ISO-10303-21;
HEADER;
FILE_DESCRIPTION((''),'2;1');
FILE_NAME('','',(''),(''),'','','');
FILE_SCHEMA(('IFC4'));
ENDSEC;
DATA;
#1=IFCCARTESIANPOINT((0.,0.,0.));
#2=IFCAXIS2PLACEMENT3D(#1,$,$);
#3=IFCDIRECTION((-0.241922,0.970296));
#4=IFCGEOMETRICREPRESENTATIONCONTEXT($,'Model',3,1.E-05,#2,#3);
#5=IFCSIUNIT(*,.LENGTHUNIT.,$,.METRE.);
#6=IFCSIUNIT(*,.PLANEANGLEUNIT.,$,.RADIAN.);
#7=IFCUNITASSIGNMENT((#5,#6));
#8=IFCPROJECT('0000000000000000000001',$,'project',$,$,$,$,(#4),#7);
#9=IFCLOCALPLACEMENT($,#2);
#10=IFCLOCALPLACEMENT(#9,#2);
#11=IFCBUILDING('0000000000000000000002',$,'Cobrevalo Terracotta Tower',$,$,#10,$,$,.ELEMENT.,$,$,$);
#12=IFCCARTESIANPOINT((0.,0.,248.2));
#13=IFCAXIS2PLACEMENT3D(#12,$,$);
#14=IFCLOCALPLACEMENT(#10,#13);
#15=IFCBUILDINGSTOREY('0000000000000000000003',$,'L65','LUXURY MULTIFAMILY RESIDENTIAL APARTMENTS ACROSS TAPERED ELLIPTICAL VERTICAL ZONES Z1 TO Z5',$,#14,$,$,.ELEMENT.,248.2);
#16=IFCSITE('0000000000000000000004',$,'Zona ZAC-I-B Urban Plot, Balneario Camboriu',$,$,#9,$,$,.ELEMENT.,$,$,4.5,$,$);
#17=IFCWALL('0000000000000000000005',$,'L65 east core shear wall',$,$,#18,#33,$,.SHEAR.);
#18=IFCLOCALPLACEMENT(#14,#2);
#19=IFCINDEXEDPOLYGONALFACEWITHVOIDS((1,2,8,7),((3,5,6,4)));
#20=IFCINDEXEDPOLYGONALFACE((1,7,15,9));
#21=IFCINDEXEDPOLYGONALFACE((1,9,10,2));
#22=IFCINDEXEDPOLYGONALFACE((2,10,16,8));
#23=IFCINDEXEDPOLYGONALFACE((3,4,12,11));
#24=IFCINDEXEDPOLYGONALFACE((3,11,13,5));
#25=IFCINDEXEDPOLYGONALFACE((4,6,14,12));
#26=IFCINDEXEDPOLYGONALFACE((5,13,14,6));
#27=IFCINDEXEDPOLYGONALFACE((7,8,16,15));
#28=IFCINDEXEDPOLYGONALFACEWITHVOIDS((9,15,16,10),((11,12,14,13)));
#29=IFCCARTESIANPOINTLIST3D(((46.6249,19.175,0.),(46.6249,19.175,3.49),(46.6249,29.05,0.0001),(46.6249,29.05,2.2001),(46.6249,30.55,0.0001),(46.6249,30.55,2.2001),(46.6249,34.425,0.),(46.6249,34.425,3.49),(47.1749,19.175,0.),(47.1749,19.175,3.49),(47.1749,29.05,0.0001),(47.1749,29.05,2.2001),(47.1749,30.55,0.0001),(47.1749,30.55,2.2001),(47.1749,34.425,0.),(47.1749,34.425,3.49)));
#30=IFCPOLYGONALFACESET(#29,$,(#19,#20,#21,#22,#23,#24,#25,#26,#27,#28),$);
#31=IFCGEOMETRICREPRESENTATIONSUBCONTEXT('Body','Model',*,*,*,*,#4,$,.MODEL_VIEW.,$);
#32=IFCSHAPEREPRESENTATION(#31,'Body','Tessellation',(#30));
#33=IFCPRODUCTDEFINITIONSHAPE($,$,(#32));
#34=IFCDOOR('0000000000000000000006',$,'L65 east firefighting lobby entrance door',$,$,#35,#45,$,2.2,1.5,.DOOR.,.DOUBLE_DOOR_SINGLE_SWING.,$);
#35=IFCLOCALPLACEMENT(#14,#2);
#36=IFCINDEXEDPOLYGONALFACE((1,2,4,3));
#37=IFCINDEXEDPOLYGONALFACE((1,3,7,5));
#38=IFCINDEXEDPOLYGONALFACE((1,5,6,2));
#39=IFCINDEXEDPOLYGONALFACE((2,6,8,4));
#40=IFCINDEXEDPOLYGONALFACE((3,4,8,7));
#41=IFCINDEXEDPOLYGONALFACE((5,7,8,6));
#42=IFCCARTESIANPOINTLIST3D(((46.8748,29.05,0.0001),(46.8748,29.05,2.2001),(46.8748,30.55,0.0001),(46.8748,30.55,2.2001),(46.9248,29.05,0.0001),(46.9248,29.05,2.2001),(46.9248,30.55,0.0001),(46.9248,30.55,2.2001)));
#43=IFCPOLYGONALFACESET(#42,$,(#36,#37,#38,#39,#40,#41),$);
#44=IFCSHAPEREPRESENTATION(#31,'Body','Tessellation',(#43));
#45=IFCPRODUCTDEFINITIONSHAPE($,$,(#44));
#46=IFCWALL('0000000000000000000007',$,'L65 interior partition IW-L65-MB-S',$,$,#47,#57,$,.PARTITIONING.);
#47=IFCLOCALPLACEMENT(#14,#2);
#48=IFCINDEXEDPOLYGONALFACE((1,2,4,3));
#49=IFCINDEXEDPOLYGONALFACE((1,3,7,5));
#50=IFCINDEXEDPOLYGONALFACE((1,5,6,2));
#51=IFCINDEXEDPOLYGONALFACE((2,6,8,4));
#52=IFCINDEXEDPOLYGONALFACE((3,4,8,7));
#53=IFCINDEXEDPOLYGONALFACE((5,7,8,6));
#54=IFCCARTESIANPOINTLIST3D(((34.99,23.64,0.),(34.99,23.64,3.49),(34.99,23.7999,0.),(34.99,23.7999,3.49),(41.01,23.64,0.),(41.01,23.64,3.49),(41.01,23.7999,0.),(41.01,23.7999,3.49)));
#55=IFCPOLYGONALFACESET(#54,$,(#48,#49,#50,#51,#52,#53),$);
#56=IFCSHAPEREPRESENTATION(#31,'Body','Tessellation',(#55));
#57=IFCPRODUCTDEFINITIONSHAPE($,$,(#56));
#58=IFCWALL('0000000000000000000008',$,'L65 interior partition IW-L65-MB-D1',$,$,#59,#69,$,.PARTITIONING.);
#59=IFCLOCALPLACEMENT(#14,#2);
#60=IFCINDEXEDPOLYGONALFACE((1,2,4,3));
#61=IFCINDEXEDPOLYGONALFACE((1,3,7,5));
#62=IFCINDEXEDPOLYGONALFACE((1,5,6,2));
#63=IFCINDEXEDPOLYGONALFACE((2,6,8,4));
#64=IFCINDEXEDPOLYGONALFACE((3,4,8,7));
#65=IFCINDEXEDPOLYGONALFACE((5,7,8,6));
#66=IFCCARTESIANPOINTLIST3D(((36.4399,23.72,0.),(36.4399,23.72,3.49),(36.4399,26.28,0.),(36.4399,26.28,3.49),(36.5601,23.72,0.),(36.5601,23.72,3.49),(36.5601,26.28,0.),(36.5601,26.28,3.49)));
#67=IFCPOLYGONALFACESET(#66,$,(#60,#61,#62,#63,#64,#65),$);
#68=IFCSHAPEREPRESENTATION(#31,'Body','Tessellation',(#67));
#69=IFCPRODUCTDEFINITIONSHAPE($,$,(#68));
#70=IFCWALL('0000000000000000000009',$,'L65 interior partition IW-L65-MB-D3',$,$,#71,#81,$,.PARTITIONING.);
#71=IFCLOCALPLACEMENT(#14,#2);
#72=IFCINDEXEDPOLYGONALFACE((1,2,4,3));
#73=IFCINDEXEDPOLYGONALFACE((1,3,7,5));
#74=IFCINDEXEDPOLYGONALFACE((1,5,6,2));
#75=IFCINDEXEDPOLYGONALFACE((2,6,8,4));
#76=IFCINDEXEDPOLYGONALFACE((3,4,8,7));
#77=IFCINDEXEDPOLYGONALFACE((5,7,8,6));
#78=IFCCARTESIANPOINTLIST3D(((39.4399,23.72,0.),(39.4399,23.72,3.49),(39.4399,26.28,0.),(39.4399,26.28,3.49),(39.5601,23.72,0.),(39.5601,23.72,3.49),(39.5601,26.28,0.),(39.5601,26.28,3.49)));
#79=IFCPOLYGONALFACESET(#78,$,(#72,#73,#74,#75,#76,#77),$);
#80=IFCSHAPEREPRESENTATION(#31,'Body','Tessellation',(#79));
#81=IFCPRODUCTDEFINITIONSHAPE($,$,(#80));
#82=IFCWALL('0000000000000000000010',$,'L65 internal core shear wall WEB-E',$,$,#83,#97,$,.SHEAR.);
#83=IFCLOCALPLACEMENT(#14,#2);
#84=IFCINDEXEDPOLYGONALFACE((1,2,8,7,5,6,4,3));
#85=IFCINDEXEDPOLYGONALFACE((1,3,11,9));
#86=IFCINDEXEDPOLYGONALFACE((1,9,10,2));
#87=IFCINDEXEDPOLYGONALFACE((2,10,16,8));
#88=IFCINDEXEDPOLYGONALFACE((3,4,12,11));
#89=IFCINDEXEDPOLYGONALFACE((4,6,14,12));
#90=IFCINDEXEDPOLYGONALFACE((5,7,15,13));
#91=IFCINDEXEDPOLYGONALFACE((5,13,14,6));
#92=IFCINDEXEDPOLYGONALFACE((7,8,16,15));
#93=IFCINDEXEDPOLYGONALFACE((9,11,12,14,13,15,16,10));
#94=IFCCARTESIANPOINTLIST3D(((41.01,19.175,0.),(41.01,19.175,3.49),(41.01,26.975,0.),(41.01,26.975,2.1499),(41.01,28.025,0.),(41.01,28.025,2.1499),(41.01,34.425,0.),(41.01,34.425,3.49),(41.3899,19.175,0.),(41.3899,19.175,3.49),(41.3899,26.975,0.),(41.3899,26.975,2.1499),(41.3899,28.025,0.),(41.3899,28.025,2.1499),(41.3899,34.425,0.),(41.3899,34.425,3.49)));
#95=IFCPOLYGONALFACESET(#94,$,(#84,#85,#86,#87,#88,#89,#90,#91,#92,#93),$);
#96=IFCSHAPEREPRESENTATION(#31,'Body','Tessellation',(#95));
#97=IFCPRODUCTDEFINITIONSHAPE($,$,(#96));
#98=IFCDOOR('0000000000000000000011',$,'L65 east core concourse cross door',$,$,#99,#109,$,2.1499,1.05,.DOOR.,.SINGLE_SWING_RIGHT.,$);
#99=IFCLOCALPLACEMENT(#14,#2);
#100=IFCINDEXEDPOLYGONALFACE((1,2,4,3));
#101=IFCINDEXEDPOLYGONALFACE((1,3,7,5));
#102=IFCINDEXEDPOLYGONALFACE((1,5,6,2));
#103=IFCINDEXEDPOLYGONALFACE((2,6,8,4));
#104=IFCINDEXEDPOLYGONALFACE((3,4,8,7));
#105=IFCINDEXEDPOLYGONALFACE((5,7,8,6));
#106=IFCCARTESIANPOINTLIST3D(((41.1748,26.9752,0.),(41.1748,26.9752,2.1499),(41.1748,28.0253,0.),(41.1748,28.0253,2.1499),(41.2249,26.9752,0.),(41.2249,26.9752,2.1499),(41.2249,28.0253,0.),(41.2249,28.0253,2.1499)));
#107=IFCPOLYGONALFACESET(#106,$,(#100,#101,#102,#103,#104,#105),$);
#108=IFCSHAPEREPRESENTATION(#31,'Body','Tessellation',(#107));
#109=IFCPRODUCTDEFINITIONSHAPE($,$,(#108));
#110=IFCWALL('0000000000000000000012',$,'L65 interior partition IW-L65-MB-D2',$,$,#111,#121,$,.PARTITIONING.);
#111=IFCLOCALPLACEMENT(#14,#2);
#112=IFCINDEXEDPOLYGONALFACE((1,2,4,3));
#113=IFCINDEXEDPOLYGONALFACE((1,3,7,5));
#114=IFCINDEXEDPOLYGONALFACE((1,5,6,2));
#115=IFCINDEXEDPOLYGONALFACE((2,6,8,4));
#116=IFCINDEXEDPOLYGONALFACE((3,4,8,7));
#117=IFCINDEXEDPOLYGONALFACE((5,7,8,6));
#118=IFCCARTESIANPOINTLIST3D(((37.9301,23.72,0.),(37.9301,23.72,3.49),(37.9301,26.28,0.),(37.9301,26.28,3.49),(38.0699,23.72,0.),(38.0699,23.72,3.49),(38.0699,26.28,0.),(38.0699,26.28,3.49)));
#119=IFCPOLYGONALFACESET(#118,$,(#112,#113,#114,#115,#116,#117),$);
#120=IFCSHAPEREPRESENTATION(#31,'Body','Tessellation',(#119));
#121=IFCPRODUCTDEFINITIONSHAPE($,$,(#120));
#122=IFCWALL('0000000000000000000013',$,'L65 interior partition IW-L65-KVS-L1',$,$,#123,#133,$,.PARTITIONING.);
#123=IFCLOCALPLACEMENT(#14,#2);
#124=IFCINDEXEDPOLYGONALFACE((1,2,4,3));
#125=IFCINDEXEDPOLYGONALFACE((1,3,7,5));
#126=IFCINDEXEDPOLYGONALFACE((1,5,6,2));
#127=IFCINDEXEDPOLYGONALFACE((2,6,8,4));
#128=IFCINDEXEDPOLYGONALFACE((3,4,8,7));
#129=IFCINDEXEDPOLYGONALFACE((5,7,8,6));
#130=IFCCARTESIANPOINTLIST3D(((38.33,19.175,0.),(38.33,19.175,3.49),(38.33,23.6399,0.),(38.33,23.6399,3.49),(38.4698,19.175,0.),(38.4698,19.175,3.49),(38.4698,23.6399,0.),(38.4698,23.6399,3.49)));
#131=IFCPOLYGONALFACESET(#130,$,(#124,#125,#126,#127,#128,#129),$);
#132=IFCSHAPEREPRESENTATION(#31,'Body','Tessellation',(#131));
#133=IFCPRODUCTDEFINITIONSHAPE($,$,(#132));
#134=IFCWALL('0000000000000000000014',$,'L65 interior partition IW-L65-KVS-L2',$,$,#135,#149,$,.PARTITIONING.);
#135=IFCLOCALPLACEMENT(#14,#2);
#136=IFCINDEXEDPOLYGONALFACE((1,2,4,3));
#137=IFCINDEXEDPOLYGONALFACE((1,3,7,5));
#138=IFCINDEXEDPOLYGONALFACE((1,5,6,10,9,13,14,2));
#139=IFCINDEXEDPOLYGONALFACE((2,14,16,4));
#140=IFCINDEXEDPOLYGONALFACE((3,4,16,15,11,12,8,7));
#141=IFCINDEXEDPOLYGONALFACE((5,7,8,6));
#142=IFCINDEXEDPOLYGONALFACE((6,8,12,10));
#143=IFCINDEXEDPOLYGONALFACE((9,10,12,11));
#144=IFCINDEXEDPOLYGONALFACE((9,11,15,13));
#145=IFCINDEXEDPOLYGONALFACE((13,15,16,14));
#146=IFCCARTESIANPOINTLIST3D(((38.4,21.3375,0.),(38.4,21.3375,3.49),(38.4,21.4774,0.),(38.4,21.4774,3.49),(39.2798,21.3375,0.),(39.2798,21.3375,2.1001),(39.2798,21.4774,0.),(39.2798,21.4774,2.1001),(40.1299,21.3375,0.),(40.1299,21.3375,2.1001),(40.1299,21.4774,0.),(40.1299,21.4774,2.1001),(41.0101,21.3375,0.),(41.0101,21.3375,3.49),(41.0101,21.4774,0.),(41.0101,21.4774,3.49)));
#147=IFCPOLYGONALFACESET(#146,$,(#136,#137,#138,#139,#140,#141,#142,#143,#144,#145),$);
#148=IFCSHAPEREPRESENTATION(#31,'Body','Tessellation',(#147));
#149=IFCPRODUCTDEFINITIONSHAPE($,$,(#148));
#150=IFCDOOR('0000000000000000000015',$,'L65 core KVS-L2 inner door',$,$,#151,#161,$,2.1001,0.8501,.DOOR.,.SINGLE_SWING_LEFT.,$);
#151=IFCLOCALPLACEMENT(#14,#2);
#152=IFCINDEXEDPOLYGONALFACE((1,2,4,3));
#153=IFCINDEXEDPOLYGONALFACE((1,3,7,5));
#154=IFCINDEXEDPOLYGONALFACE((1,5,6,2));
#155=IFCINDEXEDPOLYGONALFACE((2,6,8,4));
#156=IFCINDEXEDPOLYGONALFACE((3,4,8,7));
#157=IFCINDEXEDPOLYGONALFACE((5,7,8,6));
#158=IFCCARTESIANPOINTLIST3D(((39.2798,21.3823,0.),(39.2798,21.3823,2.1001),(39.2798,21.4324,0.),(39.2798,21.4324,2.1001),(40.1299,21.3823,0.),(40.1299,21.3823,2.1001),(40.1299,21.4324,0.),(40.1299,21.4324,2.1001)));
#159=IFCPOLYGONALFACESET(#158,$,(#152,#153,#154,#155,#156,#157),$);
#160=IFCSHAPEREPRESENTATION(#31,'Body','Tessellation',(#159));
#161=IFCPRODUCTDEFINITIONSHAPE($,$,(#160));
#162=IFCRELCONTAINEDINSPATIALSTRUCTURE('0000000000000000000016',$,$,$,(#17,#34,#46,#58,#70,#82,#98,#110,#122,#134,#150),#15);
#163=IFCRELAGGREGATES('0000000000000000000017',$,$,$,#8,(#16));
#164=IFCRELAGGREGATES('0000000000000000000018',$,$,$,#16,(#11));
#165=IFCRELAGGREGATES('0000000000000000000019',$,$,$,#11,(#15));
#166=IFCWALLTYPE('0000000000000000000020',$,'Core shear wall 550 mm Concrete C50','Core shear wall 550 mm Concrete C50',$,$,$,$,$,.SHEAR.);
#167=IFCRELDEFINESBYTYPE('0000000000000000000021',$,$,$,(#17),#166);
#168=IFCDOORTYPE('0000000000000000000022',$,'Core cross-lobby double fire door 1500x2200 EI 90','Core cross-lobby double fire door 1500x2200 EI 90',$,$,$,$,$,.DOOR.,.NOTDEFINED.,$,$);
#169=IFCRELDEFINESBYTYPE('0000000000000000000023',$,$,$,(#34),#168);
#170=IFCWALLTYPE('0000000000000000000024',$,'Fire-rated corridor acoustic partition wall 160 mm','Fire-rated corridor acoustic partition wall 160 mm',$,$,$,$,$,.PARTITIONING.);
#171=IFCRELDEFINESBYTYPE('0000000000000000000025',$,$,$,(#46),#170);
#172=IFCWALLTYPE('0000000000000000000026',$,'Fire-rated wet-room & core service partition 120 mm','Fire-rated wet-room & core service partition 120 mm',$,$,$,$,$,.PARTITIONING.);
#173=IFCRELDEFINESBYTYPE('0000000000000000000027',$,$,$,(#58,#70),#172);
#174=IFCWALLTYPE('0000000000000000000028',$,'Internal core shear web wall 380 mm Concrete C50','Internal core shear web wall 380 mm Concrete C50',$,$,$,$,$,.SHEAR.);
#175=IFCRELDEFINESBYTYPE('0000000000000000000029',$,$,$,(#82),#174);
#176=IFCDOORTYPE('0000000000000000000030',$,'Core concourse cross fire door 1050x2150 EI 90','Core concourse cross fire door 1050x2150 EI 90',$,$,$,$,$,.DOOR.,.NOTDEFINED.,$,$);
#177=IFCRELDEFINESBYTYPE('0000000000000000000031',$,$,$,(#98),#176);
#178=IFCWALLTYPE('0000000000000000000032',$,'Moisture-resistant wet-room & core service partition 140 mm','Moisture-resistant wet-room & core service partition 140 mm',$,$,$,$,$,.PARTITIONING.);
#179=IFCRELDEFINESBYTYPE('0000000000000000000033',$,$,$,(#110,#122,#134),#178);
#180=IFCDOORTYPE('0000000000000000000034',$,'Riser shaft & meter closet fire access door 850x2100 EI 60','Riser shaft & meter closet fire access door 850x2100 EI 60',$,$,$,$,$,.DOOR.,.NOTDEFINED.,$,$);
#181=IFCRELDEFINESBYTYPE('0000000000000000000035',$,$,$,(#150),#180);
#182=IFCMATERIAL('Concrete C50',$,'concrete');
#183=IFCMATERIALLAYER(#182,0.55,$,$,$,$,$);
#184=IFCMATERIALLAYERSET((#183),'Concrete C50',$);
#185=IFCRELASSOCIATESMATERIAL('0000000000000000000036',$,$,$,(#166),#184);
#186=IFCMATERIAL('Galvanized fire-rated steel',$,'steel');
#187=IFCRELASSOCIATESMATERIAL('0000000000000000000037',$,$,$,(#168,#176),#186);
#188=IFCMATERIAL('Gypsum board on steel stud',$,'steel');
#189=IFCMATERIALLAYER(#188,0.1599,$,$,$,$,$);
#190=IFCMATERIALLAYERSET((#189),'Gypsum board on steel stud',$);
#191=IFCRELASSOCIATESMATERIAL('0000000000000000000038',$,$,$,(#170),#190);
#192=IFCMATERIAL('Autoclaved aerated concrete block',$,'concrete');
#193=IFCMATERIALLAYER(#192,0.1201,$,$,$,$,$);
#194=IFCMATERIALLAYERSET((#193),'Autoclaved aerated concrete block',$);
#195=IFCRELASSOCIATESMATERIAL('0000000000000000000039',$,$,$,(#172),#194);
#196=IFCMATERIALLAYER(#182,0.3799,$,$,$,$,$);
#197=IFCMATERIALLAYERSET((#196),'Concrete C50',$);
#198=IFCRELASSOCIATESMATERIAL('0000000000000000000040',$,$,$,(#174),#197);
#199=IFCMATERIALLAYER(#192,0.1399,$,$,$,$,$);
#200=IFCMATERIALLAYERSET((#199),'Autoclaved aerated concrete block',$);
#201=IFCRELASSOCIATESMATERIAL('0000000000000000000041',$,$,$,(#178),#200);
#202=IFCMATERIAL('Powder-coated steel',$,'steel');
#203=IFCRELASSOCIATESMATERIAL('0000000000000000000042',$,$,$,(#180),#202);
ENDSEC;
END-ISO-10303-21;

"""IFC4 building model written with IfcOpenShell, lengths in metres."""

from ifc_helpers import new_model, si_unit, direction, frame, frame_2d, origin, place, context, subcontext, project, spatial, rectangle, extrude, source, transform, mapped, material, layer, layer_set, type_object, element, fill, save


model = new_model("IFC4")

# Units and contexts
model_context = context("Model", 3, precision=1e-05, world=origin(), true_north=direction((-0.241922, 0.970296)))
body_context = subcontext(model_context, "Body", "Model", "MODEL_VIEW")
ifc_project = project(units=[si_unit("LENGTHUNIT", "METRE"), si_unit("PLANEANGLEUNIT", "RADIAN")], contexts=[model_context])

# Site, building, storey
site_placement = place(None, origin())
site = spatial("IfcSite", under=ifc_project, at=site_placement, Name="Zona ZAC-I-B Urban Plot, Balneario Camboriu", CompositionType="ELEMENT", RefElevation=4.5)
building_placement = place(site_placement, origin())
building = spatial("IfcBuilding", under=site, at=building_placement, Name="Cobrevalo Terracotta Tower", CompositionType="ELEMENT")
storey_placement = place(building_placement, frame((0.0, 0.0, 248.2)))
storey = spatial("IfcBuildingStorey", under=building, at=storey_placement, Name="L65", Description="LUXURY MULTIFAMILY RESIDENTIAL APARTMENTS ACROSS TAPERED ELLIPTICAL VERTICAL ZONES Z1 TO Z5", CompositionType="ELEMENT", Elevation=248.2)

# Wall, opening, door
ifc_material_1 = material(Name="Concrete C50", Category="concrete")
ifc_layer_1 = layer(ifc_material_1, 0.55)
ifc_layer_set_1 = layer_set([ifc_layer_1], Name="Concrete C50")
wall_type_1 = type_object("IfcWallType", Name="Core shear wall 550 mm Concrete C50", Description="Core shear wall 550 mm Concrete C50", PredefinedType="SHEAR", material=ifc_layer_set_1)
wall_1_placement = place(storey_placement, frame((46.8999, 19.175, 0.0), z_axis=(0.0, 0.0, 1.0), x_axis=(0.0, 1.0, 0.0)))
wall_1 = element("IfcWall", 1, at=wall_1_placement, inside=storey, type_object=wall_type_1, Name="L65 east core shear wall", PredefinedType="SHEAR", context=body_context, shape_type="SweptSolid", body=[
    extrude(rectangle(XDim=15.25, YDim=0.55, at=frame_2d((7.625, 0.0))), origin(), (0.0, 0.0, 1.0), 3.49),
])
opening_1_placement = place(wall_1_placement, frame((9.875, 0.0, 0.0)))
opening_1 = element("IfcOpeningElement", 2, at=opening_1_placement, cuts=wall_1, PredefinedType="OPENING", context=body_context, shape_type="SweptSolid", body=[
    extrude(rectangle(XDim=1.5, YDim=2.2, at=frame_2d((0.75, 1.1001))), frame((0.0, 0.2852, 0.0), z_axis=(0.0, -1.0, 0.0), x_axis=(1.0, 0.0, 0.0)), (0.0, 0.0, 1.0), 0.5701),
])
ifc_material_2 = material(Name="Galvanized fire-rated steel", Category="steel")
door_type_1 = type_object("IfcDoorType", Name="Core cross-lobby double fire door 1500x2200 EI 90", Description="Core cross-lobby double fire door 1500x2200 EI 90", OperationType="NOTDEFINED", PredefinedType="DOOR", material=ifc_material_2)
shared_shape_1 = source(origin(), body_context, "Body", "SweptSolid", [
    extrude(rectangle(XDim=1.5, YDim=2.2, at=frame_2d((0.75, 1.1001))), frame((0.0, 0.0249, 0.0), z_axis=(0.0, -1.0, 0.0), x_axis=(1.0, 0.0, 0.0)), (0.0, 0.0, 1.0), 0.05),
])
door_1_placement = place(opening_1_placement, frame((1.5, 0.0, 0.0), z_axis=(0.0, 0.0, 1.0), x_axis=(-1.0, 0.0, 0.0)))
door_1 = element("IfcDoor", 3, at=door_1_placement, inside=storey, type_object=door_type_1, Name="L65 east firefighting lobby entrance door", OperationType="DOUBLE_DOOR_SINGLE_SWING", OverallHeight=2.2, OverallWidth=1.5, PredefinedType="DOOR", context=body_context, shape_type="MappedRepresentation", body=[
    mapped(shared_shape_1, transform((0.0, 0.0, 0.0), scale=1.0)),
])
fill(opening_1, door_1)

# Walls
ifc_material_3 = material(Name="Gypsum board on steel stud", Category="steel")
ifc_layer_2 = layer(ifc_material_3, 0.1599)
ifc_layer_set_2 = layer_set([ifc_layer_2], Name="Gypsum board on steel stud")
wall_type_2 = type_object("IfcWallType", Name="Fire-rated corridor acoustic partition wall 160 mm", Description="Fire-rated corridor acoustic partition wall 160 mm", PredefinedType="PARTITIONING", material=ifc_layer_set_2)
wall_2_placement = place(storey_placement, frame((34.99, 23.72, 0.0), z_axis=(0.0, 0.0, 1.0), x_axis=(1.0, 0.0, 0.0)))
element("IfcWall", 4, at=wall_2_placement, inside=storey, type_object=wall_type_2, Name="L65 interior partition IW-L65-MB-S", PredefinedType="PARTITIONING", context=body_context, shape_type="SweptSolid", body=[
    extrude(rectangle(XDim=6.02, YDim=0.1599, at=frame_2d((3.01, 0.0))), origin(), (0.0, 0.0, 1.0), 3.49),
])
ifc_material_4 = material(Name="Autoclaved aerated concrete block", Category="concrete")
ifc_layer_3 = layer(ifc_material_4, 0.1201)
ifc_layer_set_3 = layer_set([ifc_layer_3], Name="Autoclaved aerated concrete block")
wall_type_3 = type_object("IfcWallType", Name="Fire-rated wet-room & core service partition 120 mm", Description="Fire-rated wet-room & core service partition 120 mm", PredefinedType="PARTITIONING", material=ifc_layer_set_3)
for number, where, z_axis, x_axis, name in (
    (5, (36.5, 23.72, 0.0), (0.0, 0.0, 1.0), (0.0, 1.0, 0.0), "L65 interior partition IW-L65-MB-D1"),
    (6, (39.5, 23.72, 0.0), (0.0, 0.0, 1.0), (0.0, 1.0, 0.0), "L65 interior partition IW-L65-MB-D3"),
):
    element("IfcWall", number, at=place(storey_placement, frame(where, z_axis=z_axis, x_axis=x_axis)), inside=storey, type_object=wall_type_3, Name=name, PredefinedType="PARTITIONING", context=body_context, shape_type="SweptSolid", body=[
        extrude(rectangle(XDim=2.5601, YDim=0.1201, at=frame_2d((1.28, 0.0))), origin(), (0.0, 0.0, 1.0), 3.49),
    ])

# Wall, opening, door
ifc_layer_4 = layer(ifc_material_1, 0.3799)
ifc_layer_set_4 = layer_set([ifc_layer_4], Name="Concrete C50")
wall_type_4 = type_object("IfcWallType", Name="Internal core shear web wall 380 mm Concrete C50", Description="Internal core shear web wall 380 mm Concrete C50", PredefinedType="SHEAR", material=ifc_layer_set_4)
wall_3_placement = place(storey_placement, frame((41.2, 19.175, 0.0), z_axis=(0.0, 0.0, 1.0), x_axis=(0.0, 1.0, 0.0)))
wall_3 = element("IfcWall", 7, at=wall_3_placement, inside=storey, type_object=wall_type_4, Name="L65 internal core shear wall WEB-E", PredefinedType="SHEAR", context=body_context, shape_type="SweptSolid", body=[
    extrude(rectangle(XDim=15.25, YDim=0.3799, at=frame_2d((7.625, 0.0))), origin(), (0.0, 0.0, 1.0), 3.49),
])
opening_2_placement = place(wall_3_placement, frame((7.8, 0.0, 0.0)))
opening_2 = element("IfcOpeningElement", 8, at=opening_2_placement, cuts=wall_3, PredefinedType="OPENING", context=body_context, shape_type="SweptSolid", body=[
    extrude(rectangle(XDim=1.05, YDim=2.1499, at=frame_2d((0.5249, 1.075))), frame((0.0, 0.2, 0.0), z_axis=(0.0, -1.0, 0.0), x_axis=(1.0, 0.0, 0.0)), (0.0, 0.0, 1.0), 0.3999),
])
door_type_2 = type_object("IfcDoorType", Name="Core concourse cross fire door 1050x2150 EI 90", Description="Core concourse cross fire door 1050x2150 EI 90", OperationType="NOTDEFINED", PredefinedType="DOOR", material=ifc_material_2)
shared_shape_2 = source(origin(), body_context, "Body", "SweptSolid", [
    extrude(rectangle(XDim=1.05, YDim=2.1499, at=frame_2d((0.5249, 1.075))), frame((0.0, 0.0249, 0.0), z_axis=(0.0, -1.0, 0.0), x_axis=(1.0, 0.0, 0.0)), (0.0, 0.0, 1.0), 0.05),
])
door_2_placement = place(opening_2_placement, frame((1.05, 0.0, 0.0), z_axis=(0.0, 0.0, 1.0), x_axis=(-1.0, 0.0, 0.0)))
door_2 = element("IfcDoor", 9, at=door_2_placement, inside=storey, type_object=door_type_2, Name="L65 east core concourse cross door", OperationType="SINGLE_SWING_RIGHT", OverallHeight=2.1499, OverallWidth=1.05, PredefinedType="DOOR", context=body_context, shape_type="MappedRepresentation", body=[
    mapped(shared_shape_2, transform((0.0, 0.0, 0.0), scale=1.0)),
])
fill(opening_2, door_2)

# Walls
ifc_layer_5 = layer(ifc_material_4, 0.1399)
ifc_layer_set_5 = layer_set([ifc_layer_5], Name="Autoclaved aerated concrete block")
wall_type_5 = type_object("IfcWallType", Name="Moisture-resistant wet-room & core service partition 140 mm", Description="Moisture-resistant wet-room & core service partition 140 mm", PredefinedType="PARTITIONING", material=ifc_layer_set_5)
wall_4_placement = place(storey_placement, frame((38.0, 23.72, 0.0), z_axis=(0.0, 0.0, 1.0), x_axis=(0.0, 1.0, 0.0)))
element("IfcWall", 10, at=wall_4_placement, inside=storey, type_object=wall_type_5, Name="L65 interior partition IW-L65-MB-D2", PredefinedType="PARTITIONING", context=body_context, shape_type="SweptSolid", body=[
    extrude(rectangle(XDim=2.5601, YDim=0.1399, at=frame_2d((1.28, 0.0))), origin(), (0.0, 0.0, 1.0), 3.49),
])
wall_5_placement = place(storey_placement, frame((38.3999, 19.175, 0.0), z_axis=(0.0, 0.0, 1.0), x_axis=(0.0, 1.0, 0.0)))
element("IfcWall", 11, at=wall_5_placement, inside=storey, type_object=wall_type_5, Name="L65 interior partition IW-L65-KVS-L1", PredefinedType="PARTITIONING", context=body_context, shape_type="SweptSolid", body=[
    extrude(rectangle(XDim=4.4648, YDim=0.1399, at=frame_2d((2.2324, 0.0))), origin(), (0.0, 0.0, 1.0), 3.49),
])

# Wall, opening, door
wall_6_placement = place(storey_placement, frame((38.3999, 21.4075, 0.0), z_axis=(0.0, 0.0, 1.0), x_axis=(1.0, 0.0, 0.0)))
wall_6 = element("IfcWall", 12, at=wall_6_placement, inside=storey, type_object=wall_type_5, Name="L65 interior partition IW-L65-KVS-L2", PredefinedType="PARTITIONING", context=body_context, shape_type="SweptSolid", body=[
    extrude(rectangle(XDim=2.6101, YDim=0.1399, at=frame_2d((1.3052, 0.0))), origin(), (0.0, 0.0, 1.0), 3.49),
])
opening_3_placement = place(wall_6_placement, frame((0.8799, 0.0, 0.0)))
opening_3 = element("IfcOpeningElement", 13, at=opening_3_placement, cuts=wall_6, PredefinedType="OPENING", context=body_context, shape_type="SweptSolid", body=[
    extrude(rectangle(XDim=0.8501, YDim=2.1001, at=frame_2d((0.425, 1.05))), frame((0.0, 0.0801, 0.0), z_axis=(0.0, -1.0, 0.0), x_axis=(1.0, 0.0, 0.0)), (0.0, 0.0, 1.0), 0.1599),
])
ifc_material_5 = material(Name="Powder-coated steel", Category="steel")
door_type_3 = type_object("IfcDoorType", Name="Riser shaft & meter closet fire access door 850x2100 EI 60", Description="Riser shaft & meter closet fire access door 850x2100 EI 60", OperationType="NOTDEFINED", PredefinedType="DOOR", material=ifc_material_5)
shared_shape_3 = source(origin(), body_context, "Body", "SweptSolid", [
    extrude(rectangle(XDim=0.8501, YDim=2.1001, at=frame_2d((0.425, 1.05))), frame((0.0, 0.0249, 0.0), z_axis=(0.0, -1.0, 0.0), x_axis=(1.0, 0.0, 0.0)), (0.0, 0.0, 1.0), 0.05),
])
door_3_placement = place(opening_3_placement, origin())
door_3 = element("IfcDoor", 14, at=door_3_placement, inside=storey, type_object=door_type_3, Name="L65 core KVS-L2 inner door", OperationType="SINGLE_SWING_LEFT", OverallHeight=2.1001, OverallWidth=0.8501, PredefinedType="DOOR", context=body_context, shape_type="MappedRepresentation", body=[
    mapped(shared_shape_3, transform((0.0, 0.0, 0.0), scale=1.0)),
])
fill(opening_3, door_3)

save(model, "model.ifc")
